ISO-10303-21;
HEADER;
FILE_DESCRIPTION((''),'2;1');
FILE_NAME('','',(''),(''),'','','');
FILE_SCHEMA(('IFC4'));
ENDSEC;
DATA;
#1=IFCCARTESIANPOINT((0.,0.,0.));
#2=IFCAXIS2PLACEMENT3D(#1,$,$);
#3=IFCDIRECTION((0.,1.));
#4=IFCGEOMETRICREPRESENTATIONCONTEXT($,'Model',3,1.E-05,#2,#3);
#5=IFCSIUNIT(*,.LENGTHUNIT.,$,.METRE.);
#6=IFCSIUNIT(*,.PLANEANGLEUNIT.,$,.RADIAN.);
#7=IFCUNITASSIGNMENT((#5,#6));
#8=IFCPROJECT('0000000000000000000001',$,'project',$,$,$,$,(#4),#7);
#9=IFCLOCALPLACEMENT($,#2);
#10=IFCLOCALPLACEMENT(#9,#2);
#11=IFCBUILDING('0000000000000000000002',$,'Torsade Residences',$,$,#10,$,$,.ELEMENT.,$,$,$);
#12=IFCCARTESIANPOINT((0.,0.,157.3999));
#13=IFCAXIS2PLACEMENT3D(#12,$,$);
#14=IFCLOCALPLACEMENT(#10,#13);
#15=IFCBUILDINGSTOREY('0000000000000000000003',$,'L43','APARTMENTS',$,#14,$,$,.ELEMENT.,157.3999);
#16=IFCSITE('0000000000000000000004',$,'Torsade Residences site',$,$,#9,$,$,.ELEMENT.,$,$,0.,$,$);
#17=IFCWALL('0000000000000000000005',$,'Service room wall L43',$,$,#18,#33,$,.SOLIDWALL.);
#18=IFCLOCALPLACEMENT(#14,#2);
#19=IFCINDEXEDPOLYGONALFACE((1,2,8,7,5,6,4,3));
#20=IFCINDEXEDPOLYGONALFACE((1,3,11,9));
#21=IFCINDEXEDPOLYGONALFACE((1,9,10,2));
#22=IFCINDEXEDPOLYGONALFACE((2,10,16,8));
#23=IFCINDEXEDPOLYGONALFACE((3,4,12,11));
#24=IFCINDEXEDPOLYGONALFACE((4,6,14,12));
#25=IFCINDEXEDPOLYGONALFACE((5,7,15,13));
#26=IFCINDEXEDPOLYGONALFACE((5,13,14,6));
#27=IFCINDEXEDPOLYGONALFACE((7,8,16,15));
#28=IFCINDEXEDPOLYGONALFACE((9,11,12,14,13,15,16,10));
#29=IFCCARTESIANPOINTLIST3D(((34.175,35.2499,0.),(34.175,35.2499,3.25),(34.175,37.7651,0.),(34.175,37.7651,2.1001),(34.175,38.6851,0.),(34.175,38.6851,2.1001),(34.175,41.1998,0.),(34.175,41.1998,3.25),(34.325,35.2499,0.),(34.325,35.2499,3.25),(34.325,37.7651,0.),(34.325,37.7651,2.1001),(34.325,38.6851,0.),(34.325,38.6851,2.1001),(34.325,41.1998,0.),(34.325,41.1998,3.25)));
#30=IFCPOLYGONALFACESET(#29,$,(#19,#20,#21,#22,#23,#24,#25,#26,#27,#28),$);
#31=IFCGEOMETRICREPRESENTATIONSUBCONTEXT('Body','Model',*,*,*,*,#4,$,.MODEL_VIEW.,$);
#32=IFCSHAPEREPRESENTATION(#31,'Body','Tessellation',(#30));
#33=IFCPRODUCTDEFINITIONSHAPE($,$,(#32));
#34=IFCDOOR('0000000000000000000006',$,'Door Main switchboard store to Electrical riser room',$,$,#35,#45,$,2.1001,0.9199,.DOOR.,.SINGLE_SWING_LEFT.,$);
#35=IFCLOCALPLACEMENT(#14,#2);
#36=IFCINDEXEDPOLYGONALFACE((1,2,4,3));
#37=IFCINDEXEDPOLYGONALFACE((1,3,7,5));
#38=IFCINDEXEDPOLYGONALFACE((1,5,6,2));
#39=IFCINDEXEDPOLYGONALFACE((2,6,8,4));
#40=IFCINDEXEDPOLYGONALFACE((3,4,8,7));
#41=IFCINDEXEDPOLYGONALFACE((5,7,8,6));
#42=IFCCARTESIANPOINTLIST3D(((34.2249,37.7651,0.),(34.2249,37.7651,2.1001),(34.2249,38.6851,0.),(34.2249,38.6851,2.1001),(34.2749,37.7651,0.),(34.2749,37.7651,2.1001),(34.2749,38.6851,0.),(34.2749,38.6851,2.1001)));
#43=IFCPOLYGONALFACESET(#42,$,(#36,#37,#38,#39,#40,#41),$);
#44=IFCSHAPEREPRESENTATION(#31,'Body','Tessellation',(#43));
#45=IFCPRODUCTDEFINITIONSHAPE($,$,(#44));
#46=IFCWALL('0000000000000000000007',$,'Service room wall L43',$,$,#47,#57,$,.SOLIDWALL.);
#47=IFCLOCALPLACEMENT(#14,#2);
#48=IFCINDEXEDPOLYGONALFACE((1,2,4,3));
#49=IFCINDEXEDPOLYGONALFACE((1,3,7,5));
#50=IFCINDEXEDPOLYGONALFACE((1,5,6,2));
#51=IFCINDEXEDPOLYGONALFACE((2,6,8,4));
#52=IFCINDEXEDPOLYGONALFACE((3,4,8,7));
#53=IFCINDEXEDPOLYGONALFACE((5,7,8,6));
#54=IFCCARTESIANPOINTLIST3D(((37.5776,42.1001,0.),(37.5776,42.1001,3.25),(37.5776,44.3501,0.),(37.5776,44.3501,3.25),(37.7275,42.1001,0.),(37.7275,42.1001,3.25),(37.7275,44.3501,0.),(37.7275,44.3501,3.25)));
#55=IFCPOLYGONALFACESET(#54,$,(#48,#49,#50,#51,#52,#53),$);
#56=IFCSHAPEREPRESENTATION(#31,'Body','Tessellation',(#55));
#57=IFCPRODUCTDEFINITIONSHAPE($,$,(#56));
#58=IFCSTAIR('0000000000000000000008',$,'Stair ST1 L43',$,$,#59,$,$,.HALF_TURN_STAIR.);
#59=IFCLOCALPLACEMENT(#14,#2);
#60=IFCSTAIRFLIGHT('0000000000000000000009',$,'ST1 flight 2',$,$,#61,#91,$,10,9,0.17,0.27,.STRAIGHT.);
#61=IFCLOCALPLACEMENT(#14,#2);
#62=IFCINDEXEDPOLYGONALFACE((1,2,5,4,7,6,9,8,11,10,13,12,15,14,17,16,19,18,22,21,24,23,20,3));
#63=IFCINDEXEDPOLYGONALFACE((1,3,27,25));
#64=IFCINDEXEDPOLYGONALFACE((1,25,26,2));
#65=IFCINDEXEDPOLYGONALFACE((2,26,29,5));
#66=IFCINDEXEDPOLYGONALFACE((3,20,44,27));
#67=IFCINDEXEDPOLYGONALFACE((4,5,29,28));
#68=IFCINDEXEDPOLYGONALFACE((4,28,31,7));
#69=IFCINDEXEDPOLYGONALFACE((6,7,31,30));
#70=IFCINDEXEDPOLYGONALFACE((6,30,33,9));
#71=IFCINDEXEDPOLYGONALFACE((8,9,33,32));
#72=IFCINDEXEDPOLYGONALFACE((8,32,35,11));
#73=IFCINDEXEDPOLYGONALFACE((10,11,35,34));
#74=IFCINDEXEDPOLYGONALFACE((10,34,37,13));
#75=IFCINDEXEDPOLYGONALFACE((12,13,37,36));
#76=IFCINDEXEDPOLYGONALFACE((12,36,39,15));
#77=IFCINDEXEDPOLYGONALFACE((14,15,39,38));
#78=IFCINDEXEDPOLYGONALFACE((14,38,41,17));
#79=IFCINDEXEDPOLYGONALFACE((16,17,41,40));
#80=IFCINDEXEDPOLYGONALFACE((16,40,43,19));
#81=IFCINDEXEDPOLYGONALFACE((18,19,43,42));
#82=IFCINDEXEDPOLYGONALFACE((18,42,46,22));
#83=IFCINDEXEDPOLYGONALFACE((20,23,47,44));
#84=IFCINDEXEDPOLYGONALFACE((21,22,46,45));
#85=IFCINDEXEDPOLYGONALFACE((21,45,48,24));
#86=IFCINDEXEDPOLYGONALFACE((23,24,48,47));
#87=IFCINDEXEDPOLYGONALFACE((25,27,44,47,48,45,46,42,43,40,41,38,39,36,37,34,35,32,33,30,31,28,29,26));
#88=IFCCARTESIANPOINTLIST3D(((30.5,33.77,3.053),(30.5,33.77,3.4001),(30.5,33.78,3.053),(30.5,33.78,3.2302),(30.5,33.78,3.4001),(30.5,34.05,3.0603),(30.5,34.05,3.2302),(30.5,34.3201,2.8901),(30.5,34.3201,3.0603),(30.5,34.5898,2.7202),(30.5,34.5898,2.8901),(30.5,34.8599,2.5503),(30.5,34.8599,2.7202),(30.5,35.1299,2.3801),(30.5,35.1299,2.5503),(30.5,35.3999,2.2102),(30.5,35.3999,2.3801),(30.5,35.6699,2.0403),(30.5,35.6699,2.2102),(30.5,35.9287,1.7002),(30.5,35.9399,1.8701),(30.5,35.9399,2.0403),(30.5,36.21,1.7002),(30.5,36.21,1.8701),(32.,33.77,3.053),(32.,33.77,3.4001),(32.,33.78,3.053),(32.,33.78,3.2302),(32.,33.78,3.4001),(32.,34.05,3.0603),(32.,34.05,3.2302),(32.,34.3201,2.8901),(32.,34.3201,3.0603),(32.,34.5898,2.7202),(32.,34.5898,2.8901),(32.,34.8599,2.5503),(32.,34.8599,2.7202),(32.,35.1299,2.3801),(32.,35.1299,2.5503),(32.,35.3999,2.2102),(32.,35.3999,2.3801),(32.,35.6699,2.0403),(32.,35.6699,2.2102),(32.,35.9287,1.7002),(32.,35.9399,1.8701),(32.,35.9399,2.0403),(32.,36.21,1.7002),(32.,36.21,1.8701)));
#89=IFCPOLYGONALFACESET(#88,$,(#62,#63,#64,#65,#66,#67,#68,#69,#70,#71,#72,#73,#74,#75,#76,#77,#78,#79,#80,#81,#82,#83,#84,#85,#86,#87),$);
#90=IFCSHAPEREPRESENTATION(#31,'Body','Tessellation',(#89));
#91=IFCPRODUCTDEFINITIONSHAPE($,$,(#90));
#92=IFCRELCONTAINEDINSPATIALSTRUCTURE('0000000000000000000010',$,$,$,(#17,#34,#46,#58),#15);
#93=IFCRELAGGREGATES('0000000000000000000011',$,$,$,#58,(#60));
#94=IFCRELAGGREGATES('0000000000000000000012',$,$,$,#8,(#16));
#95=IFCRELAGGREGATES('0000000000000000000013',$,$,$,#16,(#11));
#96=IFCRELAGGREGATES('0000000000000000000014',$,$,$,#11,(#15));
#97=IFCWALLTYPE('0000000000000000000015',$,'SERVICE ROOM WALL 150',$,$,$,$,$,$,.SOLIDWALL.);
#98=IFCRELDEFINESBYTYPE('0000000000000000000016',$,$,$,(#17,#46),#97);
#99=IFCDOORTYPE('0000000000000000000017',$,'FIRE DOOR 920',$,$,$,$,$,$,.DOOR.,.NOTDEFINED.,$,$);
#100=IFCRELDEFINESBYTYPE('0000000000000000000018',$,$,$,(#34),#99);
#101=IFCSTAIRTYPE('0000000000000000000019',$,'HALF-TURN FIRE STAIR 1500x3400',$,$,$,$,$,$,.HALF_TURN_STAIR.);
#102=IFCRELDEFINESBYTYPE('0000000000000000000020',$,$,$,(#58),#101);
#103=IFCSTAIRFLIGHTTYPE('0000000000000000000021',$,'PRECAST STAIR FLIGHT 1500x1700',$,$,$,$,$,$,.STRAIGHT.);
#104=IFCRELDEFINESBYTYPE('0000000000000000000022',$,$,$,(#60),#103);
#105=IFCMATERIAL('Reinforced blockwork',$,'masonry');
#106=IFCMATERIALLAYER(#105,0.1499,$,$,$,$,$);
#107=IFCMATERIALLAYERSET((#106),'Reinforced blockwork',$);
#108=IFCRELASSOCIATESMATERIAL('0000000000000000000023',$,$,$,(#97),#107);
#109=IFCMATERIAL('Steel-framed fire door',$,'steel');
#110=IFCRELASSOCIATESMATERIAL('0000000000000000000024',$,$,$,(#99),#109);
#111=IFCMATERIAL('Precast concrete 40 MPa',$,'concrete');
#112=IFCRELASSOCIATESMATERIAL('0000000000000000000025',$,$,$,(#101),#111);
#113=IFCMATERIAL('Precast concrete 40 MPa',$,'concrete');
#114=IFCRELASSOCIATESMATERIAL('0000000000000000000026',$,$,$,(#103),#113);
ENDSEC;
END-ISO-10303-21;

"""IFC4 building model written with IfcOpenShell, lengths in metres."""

from ifc_helpers import new_model, si_unit, direction, frame, frame_2d, origin, place, context, subcontext, project, spatial, polyline, rectangle, outline, extrude, material, layer, layer_set, type_object, element, fill, aggregate, save


model = new_model("IFC4")

# Units and contexts
model_context = context("Model", 3, precision=1e-05, world=origin(), true_north=direction((0.0, 1.0)))
body_context = subcontext(model_context, "Body", "Model", "MODEL_VIEW")
ifc_project = project(units=[si_unit("LENGTHUNIT", "METRE"), si_unit("PLANEANGLEUNIT", "RADIAN")], contexts=[model_context])

# Site, building, storey
site_placement = place(None, origin())
site = spatial("IfcSite", under=ifc_project, at=site_placement, Name="Torsade Residences site", CompositionType="ELEMENT", RefElevation=0.0)
building_placement = place(site_placement, origin())
building = spatial("IfcBuilding", under=site, at=building_placement, Name="Torsade Residences", CompositionType="ELEMENT")
storey_placement = place(building_placement, frame((0.0, 0.0, 157.3999)))
storey = spatial("IfcBuildingStorey", under=building, at=storey_placement, Name="L43", Description="APARTMENTS", CompositionType="ELEMENT", Elevation=157.3999)

# Wall, opening, door
ifc_material_1 = material(Name="Reinforced blockwork", Category="masonry")
ifc_layer_1 = layer(ifc_material_1, 0.1499)
ifc_layer_set_1 = layer_set([ifc_layer_1], Name="Reinforced blockwork")
wall_type_1 = type_object("IfcWallType", Name="SERVICE ROOM WALL 150", PredefinedType="SOLIDWALL", material=ifc_layer_set_1)
wall_1_placement = place(storey_placement, frame((34.25, 41.2, 0.0), z_axis=(0.0, 0.0, 1.0), x_axis=(0.0, -1.0, 0.0)))
wall_1 = element("IfcWall", 1, at=wall_1_placement, inside=storey, type_object=wall_type_1, Name="Service room wall L43", PredefinedType="SOLIDWALL", context=body_context, shape_type="SweptSolid", body=[
    extrude(rectangle(XDim=5.95, YDim=0.1499, at=frame_2d((2.9751, 0.0))), origin(), (0.0, 0.0, 1.0), 3.25),
])
opening_1_placement = place(wall_1_placement, frame((2.5149, 0.0, 0.0)))
opening_1 = element("IfcOpeningElement", 2, at=opening_1_placement, cuts=wall_1, PredefinedType="OPENING", context=body_context, shape_type="SweptSolid", body=[
    extrude(rectangle(XDim=0.9199, YDim=2.1001, at=frame_2d((0.46, 1.05))), frame((0.0, 0.085, 0.0), z_axis=(0.0, -1.0, 0.0), x_axis=(1.0, 0.0, 0.0)), (0.0, 0.0, 1.0), 0.1699),
])
ifc_material_2 = material(Name="Steel-framed fire door", Category="steel")
door_type_1 = type_object("IfcDoorType", Name="FIRE DOOR 920", OperationType="NOTDEFINED", PredefinedType="DOOR", material=ifc_material_2)
door_1_placement = place(opening_1_placement, origin())
door_1 = element("IfcDoor", 3, at=door_1_placement, inside=storey, type_object=door_type_1, Name="Door Main switchboard store to Electrical riser room", OperationType="SINGLE_SWING_LEFT", OverallHeight=2.1001, OverallWidth=0.9199, PredefinedType="DOOR", context=body_context, shape_type="SweptSolid", body=[
    extrude(rectangle(XDim=0.9199, YDim=2.1001, at=frame_2d((0.46, 1.05))), frame((0.0, 0.0249, 0.0), z_axis=(0.0, -1.0, 0.0), x_axis=(1.0, 0.0, 0.0)), (0.0, 0.0, 1.0), 0.05),
])
fill(opening_1, door_1)

# Wall
wall_2_placement = place(storey_placement, frame((37.6526, 42.1001, 0.0), z_axis=(0.0, 0.0, 1.0), x_axis=(0.0, 1.0, 0.0)))
element("IfcWall", 4, at=wall_2_placement, inside=storey, type_object=wall_type_1, Name="Service room wall L43", PredefinedType="SOLIDWALL", context=body_context, shape_type="SweptSolid", body=[
    extrude(rectangle(XDim=2.25, YDim=0.1499, at=frame_2d((1.125, 0.0))), origin(), (0.0, 0.0, 1.0), 3.25),
])

# Stair, stair flight
ifc_material_3 = material(Name="Precast concrete 40 MPa", Category="concrete")
stair_type = type_object("IfcStairType", Name="HALF-TURN FIRE STAIR 1500x3400", PredefinedType="HALF_TURN_STAIR", material=ifc_material_3)
stair_placement = place(storey_placement, origin())
stair = element("IfcStair", 5, at=stair_placement, inside=storey, type_object=stair_type, Name="Stair ST1 L43", PredefinedType="HALF_TURN_STAIR")
ifc_material_4 = material(Name="Precast concrete 40 MPa", Category="concrete")
stair_flight_type = type_object("IfcStairFlightType", Name="PRECAST STAIR FLIGHT 1500x1700", PredefinedType="STRAIGHT", material=ifc_material_4)
stair_flight_placement = place(storey_placement, frame((31.25, 36.21, 1.7002), z_axis=(0.0, 0.0, 1.0), x_axis=(0.0, -1.0, 0.0)))
stair_flight = element("IfcStairFlight", 6, at=stair_flight_placement, type_object=stair_flight_type, Name="ST1 flight 2", NumberOfRisers=10, NumberOfTreads=9, PredefinedType="STRAIGHT", RiserHeight=0.17, TreadLength=0.27, context=body_context, shape_type="SweptSolid", body=[
    extrude(outline(polyline([(0.0, 0.0), (0.0, 0.1699), (0.27, 0.1699), (0.27, 0.3401), (0.54, 0.3401), (0.54, 0.51), (0.8101, 0.51), (0.8101, 0.6799), (1.0801, 0.6799), (1.0801, 0.8501), (1.3501, 0.8501), (1.3501, 1.02), (1.6201, 1.02), (1.6201, 1.1899), (1.8899, 1.1899), (1.8899, 1.3601), (2.1599, 1.3601), (2.1599, 1.53), (2.4299, 1.53), (2.4299, 1.7), (2.4399, 1.7), (2.4399, 1.3528), (2.4299, 1.3528), (0.2812, 0.0), (0.0, 0.0)])), frame((0.0, 0.75, 0.0), z_axis=(0.0, -1.0, 0.0), x_axis=(1.0, 0.0, 0.0)), (0.0, 0.0, 1.0), 1.5),
])
aggregate(stair, [stair_flight])

save(model, "model.ifc")
